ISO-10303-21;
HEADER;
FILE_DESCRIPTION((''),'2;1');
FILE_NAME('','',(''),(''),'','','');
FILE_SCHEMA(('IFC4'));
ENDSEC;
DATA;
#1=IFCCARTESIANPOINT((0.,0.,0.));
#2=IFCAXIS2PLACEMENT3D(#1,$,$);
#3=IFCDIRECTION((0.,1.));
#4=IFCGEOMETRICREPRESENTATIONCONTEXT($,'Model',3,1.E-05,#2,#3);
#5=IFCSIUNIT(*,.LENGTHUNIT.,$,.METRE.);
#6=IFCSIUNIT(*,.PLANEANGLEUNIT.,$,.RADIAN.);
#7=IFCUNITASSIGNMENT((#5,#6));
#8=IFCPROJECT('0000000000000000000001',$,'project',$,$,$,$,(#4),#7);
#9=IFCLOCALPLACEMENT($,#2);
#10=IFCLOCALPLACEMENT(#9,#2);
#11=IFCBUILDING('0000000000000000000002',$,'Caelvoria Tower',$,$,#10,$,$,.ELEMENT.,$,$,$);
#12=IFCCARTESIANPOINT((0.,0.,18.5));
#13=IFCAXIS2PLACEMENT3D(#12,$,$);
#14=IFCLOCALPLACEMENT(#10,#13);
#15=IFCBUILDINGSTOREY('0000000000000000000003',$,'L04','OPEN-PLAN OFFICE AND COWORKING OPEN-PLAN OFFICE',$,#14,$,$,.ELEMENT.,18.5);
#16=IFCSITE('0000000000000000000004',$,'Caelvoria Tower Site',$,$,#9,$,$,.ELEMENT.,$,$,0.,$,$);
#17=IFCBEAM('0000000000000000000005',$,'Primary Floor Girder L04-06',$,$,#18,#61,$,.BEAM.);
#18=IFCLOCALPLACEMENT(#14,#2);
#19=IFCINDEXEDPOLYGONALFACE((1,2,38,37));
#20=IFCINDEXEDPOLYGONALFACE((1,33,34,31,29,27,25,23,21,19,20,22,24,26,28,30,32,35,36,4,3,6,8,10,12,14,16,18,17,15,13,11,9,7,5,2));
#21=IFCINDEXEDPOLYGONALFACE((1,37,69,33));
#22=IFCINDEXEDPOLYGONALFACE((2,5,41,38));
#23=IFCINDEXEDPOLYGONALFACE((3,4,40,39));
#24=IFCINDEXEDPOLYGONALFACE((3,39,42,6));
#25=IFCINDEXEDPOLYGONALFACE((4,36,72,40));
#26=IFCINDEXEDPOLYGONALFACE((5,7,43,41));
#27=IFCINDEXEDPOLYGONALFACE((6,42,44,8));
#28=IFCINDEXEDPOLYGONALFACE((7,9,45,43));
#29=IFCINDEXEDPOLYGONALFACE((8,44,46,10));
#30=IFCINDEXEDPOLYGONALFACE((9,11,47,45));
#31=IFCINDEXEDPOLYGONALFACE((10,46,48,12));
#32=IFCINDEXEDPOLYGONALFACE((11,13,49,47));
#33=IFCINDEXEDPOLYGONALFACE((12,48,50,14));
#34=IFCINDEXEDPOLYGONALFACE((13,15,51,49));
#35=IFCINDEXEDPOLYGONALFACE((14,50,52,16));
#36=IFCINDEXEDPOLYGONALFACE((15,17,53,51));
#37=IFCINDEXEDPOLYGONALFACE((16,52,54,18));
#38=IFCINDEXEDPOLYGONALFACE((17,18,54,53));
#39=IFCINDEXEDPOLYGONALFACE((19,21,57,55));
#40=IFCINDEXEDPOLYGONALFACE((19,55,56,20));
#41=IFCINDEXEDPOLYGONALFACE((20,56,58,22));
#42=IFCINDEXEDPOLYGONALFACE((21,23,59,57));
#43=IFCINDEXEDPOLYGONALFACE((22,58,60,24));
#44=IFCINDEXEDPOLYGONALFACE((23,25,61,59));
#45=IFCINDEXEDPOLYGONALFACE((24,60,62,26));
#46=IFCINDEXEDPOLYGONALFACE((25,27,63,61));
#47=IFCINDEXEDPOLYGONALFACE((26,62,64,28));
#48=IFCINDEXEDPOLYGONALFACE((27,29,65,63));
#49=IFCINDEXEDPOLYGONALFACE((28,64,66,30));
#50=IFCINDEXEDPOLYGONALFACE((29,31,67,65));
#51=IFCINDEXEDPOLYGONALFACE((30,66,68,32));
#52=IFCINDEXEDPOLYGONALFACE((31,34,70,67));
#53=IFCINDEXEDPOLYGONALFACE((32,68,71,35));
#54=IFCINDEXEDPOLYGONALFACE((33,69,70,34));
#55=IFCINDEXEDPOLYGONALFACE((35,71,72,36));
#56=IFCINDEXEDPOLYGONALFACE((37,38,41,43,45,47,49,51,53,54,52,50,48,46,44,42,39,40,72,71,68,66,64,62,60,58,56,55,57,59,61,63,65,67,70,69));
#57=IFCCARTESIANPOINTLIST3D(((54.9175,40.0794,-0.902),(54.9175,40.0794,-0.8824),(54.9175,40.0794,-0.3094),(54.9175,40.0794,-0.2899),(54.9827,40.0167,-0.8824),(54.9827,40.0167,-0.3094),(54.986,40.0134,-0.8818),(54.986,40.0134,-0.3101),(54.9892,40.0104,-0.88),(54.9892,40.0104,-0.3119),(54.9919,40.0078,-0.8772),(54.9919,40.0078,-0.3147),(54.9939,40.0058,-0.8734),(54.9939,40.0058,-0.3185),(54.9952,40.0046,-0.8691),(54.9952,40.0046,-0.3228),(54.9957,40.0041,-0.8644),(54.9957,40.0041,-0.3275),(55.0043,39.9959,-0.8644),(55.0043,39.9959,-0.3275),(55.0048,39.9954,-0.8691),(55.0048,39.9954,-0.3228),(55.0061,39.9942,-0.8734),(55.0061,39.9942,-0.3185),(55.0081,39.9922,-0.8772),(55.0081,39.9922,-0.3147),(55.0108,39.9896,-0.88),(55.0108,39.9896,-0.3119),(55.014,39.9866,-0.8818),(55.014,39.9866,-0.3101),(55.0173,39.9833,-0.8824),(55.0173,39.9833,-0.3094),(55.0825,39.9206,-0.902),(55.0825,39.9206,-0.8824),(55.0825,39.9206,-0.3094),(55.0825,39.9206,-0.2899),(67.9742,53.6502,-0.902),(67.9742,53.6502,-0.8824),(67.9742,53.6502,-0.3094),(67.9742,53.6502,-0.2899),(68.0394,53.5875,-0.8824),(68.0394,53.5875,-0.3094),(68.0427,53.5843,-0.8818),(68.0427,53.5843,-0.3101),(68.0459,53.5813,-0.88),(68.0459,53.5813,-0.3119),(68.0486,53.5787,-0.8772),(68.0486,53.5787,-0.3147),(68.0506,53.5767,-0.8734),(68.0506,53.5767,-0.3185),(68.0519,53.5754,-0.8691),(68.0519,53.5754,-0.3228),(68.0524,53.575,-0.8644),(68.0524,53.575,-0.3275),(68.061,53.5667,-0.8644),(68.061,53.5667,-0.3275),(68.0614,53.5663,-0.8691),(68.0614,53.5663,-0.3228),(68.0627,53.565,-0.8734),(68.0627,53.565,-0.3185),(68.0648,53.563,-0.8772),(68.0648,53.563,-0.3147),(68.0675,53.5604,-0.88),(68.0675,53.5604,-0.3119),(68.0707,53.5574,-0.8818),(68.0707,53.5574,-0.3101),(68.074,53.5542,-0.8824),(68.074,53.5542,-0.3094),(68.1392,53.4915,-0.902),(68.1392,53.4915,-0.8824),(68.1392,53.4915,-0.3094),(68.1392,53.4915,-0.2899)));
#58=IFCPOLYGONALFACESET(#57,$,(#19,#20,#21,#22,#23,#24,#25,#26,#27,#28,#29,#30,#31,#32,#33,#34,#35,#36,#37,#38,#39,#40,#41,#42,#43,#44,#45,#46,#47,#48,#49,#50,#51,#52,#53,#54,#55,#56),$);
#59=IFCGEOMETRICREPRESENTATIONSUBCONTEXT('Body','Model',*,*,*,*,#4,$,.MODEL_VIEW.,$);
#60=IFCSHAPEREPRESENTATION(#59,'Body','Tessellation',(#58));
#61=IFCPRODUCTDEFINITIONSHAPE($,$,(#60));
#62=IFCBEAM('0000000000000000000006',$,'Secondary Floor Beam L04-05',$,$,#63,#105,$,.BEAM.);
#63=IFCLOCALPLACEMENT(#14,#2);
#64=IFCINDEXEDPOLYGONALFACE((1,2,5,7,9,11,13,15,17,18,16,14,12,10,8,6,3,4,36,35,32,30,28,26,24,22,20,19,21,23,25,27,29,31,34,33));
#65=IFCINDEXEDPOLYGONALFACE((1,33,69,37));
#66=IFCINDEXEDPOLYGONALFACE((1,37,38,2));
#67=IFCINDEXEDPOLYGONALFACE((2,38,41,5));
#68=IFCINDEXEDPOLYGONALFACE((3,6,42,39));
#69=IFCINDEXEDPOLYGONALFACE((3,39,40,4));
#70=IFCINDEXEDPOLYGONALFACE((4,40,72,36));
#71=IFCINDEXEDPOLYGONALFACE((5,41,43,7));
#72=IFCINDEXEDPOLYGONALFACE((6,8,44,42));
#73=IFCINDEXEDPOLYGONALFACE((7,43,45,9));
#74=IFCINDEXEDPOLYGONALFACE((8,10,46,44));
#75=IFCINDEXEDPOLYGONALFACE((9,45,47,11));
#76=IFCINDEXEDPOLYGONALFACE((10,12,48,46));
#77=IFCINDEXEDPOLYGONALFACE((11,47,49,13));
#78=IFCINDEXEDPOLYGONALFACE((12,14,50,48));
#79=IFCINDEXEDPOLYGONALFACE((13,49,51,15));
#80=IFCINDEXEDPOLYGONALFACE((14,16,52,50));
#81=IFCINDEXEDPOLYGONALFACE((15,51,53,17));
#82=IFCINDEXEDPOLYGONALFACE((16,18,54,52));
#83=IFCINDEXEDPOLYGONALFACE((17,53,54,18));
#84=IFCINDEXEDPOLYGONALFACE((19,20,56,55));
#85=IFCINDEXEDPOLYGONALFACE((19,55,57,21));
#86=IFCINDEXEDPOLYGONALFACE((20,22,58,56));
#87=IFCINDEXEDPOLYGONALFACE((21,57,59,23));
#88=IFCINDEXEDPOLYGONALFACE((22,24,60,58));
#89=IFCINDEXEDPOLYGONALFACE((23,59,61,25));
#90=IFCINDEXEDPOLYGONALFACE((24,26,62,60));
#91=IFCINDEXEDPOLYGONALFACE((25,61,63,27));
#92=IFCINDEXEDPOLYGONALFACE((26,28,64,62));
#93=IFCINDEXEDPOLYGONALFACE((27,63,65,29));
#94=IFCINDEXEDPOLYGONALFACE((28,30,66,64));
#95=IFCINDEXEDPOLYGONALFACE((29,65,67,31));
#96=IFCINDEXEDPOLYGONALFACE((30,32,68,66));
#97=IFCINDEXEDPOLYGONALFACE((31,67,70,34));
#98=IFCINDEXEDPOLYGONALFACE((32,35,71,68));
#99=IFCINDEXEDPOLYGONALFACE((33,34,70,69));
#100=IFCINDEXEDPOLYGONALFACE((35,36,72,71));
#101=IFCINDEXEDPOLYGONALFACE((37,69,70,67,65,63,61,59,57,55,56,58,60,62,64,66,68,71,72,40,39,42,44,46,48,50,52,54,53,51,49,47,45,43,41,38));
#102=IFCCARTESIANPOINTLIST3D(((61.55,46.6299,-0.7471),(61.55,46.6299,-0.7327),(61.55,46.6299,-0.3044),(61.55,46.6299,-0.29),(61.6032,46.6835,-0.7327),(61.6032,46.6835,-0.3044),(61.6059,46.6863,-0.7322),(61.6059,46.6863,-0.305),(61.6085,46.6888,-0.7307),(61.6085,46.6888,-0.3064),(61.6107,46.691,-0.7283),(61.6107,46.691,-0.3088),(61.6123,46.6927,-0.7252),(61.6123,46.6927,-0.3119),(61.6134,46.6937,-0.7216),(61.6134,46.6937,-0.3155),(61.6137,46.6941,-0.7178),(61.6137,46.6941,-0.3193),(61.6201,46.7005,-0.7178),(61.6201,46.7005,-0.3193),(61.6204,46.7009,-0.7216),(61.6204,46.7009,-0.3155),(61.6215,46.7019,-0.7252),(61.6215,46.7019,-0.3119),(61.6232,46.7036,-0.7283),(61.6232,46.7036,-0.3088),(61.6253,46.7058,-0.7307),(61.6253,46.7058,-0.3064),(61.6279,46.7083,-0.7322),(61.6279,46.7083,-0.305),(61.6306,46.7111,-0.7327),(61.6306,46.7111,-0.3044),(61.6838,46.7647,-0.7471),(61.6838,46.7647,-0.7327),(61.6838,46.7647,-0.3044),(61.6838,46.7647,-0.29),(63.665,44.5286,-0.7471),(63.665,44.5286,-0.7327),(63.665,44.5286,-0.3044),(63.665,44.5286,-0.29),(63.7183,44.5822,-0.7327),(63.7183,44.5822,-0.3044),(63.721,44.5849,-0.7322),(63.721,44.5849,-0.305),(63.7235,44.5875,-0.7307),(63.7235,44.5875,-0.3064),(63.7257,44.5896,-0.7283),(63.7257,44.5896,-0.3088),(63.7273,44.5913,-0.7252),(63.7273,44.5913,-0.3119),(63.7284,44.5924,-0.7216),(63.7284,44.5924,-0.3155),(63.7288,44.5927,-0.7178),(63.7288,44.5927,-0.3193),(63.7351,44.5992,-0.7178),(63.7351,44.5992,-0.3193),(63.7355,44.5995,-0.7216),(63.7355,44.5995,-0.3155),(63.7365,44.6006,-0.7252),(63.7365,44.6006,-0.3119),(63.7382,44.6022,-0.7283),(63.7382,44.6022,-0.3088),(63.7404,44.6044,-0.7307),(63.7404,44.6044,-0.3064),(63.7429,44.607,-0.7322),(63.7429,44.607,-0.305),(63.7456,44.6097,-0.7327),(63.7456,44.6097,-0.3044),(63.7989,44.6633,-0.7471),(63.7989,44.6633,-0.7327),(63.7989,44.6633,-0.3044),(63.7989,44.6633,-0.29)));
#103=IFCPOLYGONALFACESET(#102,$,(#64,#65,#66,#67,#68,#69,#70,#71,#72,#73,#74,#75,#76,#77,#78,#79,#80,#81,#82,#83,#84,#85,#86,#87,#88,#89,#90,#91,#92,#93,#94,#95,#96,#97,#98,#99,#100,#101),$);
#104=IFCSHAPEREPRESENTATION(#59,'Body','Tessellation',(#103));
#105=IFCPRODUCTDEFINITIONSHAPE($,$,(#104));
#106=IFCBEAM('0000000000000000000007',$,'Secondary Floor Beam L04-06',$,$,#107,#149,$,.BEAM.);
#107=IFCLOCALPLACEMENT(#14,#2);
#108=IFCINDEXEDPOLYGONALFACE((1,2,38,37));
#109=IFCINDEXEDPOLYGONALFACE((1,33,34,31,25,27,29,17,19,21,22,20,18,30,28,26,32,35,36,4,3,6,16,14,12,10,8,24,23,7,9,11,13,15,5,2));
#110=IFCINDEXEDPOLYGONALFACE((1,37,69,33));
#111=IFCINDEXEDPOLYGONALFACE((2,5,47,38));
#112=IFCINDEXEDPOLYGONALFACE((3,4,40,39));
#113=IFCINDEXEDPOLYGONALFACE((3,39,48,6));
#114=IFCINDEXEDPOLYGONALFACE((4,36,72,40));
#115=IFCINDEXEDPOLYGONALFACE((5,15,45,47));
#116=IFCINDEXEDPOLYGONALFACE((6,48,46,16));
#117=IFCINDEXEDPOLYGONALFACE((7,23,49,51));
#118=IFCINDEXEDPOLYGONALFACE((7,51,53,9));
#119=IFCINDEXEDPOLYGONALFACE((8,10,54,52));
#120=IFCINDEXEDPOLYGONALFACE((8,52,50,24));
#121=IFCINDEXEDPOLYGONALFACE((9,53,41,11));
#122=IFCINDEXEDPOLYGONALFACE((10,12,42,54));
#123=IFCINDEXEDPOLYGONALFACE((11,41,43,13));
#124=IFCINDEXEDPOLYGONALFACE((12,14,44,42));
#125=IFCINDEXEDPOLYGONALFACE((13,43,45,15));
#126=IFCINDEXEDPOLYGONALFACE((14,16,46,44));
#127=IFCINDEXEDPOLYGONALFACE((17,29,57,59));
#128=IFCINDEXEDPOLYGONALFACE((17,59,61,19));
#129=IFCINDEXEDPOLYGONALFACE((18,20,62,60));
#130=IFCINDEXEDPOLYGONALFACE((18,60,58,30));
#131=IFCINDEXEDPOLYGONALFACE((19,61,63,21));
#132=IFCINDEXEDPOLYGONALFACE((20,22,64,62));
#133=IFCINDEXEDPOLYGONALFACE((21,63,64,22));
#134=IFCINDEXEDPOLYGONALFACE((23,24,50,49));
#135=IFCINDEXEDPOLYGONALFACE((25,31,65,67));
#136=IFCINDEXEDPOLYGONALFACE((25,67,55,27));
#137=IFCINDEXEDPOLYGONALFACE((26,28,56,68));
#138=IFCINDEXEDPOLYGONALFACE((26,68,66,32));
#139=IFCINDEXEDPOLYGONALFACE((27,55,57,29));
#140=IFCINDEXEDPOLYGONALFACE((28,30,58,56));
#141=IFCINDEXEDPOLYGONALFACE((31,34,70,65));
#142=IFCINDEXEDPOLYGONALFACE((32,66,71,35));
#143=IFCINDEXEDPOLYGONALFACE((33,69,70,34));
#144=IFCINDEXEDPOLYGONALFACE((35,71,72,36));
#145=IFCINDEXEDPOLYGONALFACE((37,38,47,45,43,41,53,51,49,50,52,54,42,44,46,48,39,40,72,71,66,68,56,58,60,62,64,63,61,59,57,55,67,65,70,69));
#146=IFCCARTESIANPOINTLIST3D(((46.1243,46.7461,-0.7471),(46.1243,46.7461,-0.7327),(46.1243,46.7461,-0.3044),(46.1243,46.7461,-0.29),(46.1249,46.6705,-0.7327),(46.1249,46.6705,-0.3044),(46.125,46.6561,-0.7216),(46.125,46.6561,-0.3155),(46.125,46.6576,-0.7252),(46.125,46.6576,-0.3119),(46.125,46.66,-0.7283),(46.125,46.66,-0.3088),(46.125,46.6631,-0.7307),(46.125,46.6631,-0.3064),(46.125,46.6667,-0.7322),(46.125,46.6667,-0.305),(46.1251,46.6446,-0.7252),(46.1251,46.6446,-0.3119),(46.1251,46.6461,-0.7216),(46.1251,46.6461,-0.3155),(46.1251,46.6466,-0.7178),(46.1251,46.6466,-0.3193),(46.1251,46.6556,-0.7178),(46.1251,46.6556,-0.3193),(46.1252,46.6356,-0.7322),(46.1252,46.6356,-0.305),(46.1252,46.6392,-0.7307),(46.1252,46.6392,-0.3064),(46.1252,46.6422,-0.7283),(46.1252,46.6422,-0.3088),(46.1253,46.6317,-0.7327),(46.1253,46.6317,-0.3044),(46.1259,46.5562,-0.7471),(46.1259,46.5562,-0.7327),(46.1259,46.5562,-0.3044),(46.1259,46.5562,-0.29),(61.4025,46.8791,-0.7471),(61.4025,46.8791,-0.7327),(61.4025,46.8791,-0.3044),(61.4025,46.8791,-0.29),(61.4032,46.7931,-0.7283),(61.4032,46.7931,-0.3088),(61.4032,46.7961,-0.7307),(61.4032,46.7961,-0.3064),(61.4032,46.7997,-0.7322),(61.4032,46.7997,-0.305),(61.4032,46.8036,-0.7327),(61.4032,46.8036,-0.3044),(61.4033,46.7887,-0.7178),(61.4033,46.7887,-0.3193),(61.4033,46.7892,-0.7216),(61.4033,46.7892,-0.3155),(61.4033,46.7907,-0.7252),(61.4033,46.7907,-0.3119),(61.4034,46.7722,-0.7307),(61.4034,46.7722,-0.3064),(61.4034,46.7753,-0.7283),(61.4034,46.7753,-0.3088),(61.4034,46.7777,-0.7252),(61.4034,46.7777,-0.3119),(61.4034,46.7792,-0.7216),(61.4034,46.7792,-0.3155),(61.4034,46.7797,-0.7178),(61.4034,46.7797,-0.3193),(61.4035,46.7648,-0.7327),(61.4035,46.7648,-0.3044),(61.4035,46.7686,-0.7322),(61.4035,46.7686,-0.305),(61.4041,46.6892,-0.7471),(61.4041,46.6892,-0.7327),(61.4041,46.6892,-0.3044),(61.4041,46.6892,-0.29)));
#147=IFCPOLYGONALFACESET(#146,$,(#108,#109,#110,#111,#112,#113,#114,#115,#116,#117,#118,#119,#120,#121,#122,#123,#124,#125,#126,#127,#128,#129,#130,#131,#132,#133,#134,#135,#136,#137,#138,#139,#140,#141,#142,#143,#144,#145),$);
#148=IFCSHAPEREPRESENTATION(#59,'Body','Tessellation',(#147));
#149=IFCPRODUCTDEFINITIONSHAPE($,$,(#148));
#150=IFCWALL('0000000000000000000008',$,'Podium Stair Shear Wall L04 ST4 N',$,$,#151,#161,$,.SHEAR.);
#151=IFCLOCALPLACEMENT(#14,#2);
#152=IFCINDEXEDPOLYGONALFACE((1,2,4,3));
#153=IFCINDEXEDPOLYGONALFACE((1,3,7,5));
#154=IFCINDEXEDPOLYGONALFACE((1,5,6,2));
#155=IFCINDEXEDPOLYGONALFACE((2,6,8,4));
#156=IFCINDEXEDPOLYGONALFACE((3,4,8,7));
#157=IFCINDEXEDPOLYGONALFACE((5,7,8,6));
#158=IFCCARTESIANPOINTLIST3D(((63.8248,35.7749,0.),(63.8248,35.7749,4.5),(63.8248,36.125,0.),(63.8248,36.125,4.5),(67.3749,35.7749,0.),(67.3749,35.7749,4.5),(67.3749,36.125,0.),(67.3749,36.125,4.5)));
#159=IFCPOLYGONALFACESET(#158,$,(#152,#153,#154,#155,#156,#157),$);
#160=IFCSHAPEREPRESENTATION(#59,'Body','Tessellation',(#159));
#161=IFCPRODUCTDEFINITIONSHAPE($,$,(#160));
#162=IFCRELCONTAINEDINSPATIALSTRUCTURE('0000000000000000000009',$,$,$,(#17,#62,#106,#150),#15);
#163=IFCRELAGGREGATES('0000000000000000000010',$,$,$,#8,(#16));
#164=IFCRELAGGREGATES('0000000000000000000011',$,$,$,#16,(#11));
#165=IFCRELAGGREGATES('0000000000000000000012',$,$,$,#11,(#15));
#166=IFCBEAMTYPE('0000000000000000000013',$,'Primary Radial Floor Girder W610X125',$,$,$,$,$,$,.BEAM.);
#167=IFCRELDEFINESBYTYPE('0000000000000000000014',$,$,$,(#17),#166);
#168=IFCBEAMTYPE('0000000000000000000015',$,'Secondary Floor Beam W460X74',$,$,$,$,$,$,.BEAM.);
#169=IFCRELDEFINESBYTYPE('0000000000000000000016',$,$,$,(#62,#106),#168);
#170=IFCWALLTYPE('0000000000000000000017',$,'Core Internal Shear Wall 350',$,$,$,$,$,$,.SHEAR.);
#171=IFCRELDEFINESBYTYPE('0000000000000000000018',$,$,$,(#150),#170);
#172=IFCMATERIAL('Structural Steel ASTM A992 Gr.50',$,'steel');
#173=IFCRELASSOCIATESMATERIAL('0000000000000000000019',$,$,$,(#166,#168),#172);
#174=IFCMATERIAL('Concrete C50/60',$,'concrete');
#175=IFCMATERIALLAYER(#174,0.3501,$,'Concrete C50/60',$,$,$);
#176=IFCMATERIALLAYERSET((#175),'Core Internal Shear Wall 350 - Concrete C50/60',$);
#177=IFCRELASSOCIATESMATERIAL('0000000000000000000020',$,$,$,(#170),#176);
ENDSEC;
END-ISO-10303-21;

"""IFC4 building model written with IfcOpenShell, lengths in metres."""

from ifc_helpers import new_model, si_unit, direction, frame, frame_2d, origin, origin_2d, place, context, subcontext, project, spatial, rectangle, i_section, extrude, material, layer, layer_set, material_profile, profile_set, type_object, element, save


model = new_model("IFC4")

# Units and contexts
model_context = context("Model", 3, precision=1e-05, world=origin(), true_north=direction((0.0, 1.0)))
body_context = subcontext(model_context, "Body", "Model", "MODEL_VIEW")
ifc_project = project(units=[si_unit("LENGTHUNIT", "METRE"), si_unit("PLANEANGLEUNIT", "RADIAN")], contexts=[model_context])

# Site, building, storey
site_placement = place(None, origin())
site = spatial("IfcSite", under=ifc_project, at=site_placement, Name="Caelvoria Tower Site", CompositionType="ELEMENT", RefElevation=0.0)
building_placement = place(site_placement, origin())
building = spatial("IfcBuilding", under=site, at=building_placement, Name="Caelvoria Tower", CompositionType="ELEMENT")
storey_placement = place(building_placement, frame((0.0, 0.0, 18.5)))
storey = spatial("IfcBuildingStorey", under=building, at=storey_placement, Name="L04", Description="OPEN-PLAN OFFICE AND COWORKING OPEN-PLAN OFFICE", CompositionType="ELEMENT", Elevation=18.5)

# Beams
ifc_material_1 = material(Name="Structural Steel ASTM A992 Gr.50", Category="steel")
ifc_material_profile_1 = material_profile(ifc_material_1, i_section(OverallWidth=0.229, OverallDepth=0.6121, WebThickness=0.012, FlangeThickness=0.0195, FilletRadius=0.0181, at=origin_2d()), Name="Structural Steel ASTM A992 Gr.50")
ifc_profile_set_1 = profile_set([ifc_material_profile_1], Name="W610X125 - Structural Steel ASTM A992 Gr.50")
beam_type_1 = type_object("IfcBeamType", Name="Primary Radial Floor Girder W610X125", PredefinedType="BEAM", material=ifc_profile_set_1)
beam_1_placement = place(storey_placement, frame((55.0, 40.0, -0.5959), z_axis=(0.693324, 0.720626, 0.0), x_axis=(-0.720626, 0.693324, 0.0)))
element("IfcBeam", 1, at=beam_1_placement, inside=storey, type_object=beam_type_1, Name="Primary Floor Girder L04-06", PredefinedType="BEAM", context=body_context, shape_type="SweptSolid", body=[
    extrude(i_section(OverallWidth=0.229, OverallDepth=0.6121, WebThickness=0.012, FlangeThickness=0.0195, FilletRadius=0.0181, at=origin_2d()), origin(), (0.0, 0.0, 1.0), 18.832),
])
ifc_material_profile_2 = material_profile(ifc_material_1, i_section(OverallWidth=0.1899, OverallDepth=0.457, WebThickness=0.009, FlangeThickness=0.0144, FilletRadius=0.0149, at=origin_2d()), Name="Structural Steel ASTM A992 Gr.50")
ifc_profile_set_2 = profile_set([ifc_material_profile_2], Name="W460X74 - Structural Steel ASTM A992 Gr.50")
beam_type_2 = type_object("IfcBeamType", Name="Secondary Floor Beam W460X74", PredefinedType="BEAM", material=ifc_profile_set_2)
beam_2_placement = place(storey_placement, frame((63.7319, 44.5959, -0.5186), z_axis=(-0.709396, 0.70481, 0.0), x_axis=(-0.70481, -0.709396, 0.0)))
element("IfcBeam", 2, at=beam_2_placement, inside=storey, type_object=beam_type_2, Name="Secondary Floor Beam L04-05", PredefinedType="BEAM", context=body_context, shape_type="SweptSolid", body=[
    extrude(i_section(OverallWidth=0.1899, OverallDepth=0.457, WebThickness=0.009, FlangeThickness=0.0144, FilletRadius=0.0149, at=origin_2d()), origin(), (0.0, 0.0, 1.0), 2.9814),
])
beam_3_placement = place(storey_placement, frame((61.4033, 46.7842, -0.5186), z_axis=(-0.999962, -0.008709, 0.0), x_axis=(0.008709, -0.999962, 0.0)))
element("IfcBeam", 3, at=beam_3_placement, inside=storey, type_object=beam_type_2, Name="Secondary Floor Beam L04-06", PredefinedType="BEAM", context=body_context, shape_type="SweptSolid", body=[
    extrude(i_section(OverallWidth=0.1899, OverallDepth=0.457, WebThickness=0.009, FlangeThickness=0.0144, FilletRadius=0.0149, at=origin_2d()), origin(), (0.0, 0.0, 1.0), 15.2788),
])

# Wall
ifc_material_2 = material(Name="Concrete C50/60", Category="concrete")
ifc_layer_1 = layer(ifc_material_2, 0.3501, Name="Concrete C50/60")
ifc_layer_set_1 = layer_set([ifc_layer_1], Name="Core Internal Shear Wall 350 - Concrete C50/60")
wall_type_1 = type_object("IfcWallType", Name="Core Internal Shear Wall 350", PredefinedType="SHEAR", material=ifc_layer_set_1)
wall_1_placement = place(storey_placement, frame((63.825, 35.95, 0.0), z_axis=(0.0, 0.0, 1.0), x_axis=(1.0, 0.0, 0.0)))
element("IfcWall", 4, at=wall_1_placement, inside=storey, type_object=wall_type_1, Name="Podium Stair Shear Wall L04 ST4 N", PredefinedType="SHEAR", context=body_context, shape_type="SweptSolid", body=[
    extrude(rectangle(XDim=3.55, YDim=0.3501, at=frame_2d((1.7749, 0.0))), origin(), (0.0, 0.0, 1.0), 4.5),
])

save(model, "model.ifc")
